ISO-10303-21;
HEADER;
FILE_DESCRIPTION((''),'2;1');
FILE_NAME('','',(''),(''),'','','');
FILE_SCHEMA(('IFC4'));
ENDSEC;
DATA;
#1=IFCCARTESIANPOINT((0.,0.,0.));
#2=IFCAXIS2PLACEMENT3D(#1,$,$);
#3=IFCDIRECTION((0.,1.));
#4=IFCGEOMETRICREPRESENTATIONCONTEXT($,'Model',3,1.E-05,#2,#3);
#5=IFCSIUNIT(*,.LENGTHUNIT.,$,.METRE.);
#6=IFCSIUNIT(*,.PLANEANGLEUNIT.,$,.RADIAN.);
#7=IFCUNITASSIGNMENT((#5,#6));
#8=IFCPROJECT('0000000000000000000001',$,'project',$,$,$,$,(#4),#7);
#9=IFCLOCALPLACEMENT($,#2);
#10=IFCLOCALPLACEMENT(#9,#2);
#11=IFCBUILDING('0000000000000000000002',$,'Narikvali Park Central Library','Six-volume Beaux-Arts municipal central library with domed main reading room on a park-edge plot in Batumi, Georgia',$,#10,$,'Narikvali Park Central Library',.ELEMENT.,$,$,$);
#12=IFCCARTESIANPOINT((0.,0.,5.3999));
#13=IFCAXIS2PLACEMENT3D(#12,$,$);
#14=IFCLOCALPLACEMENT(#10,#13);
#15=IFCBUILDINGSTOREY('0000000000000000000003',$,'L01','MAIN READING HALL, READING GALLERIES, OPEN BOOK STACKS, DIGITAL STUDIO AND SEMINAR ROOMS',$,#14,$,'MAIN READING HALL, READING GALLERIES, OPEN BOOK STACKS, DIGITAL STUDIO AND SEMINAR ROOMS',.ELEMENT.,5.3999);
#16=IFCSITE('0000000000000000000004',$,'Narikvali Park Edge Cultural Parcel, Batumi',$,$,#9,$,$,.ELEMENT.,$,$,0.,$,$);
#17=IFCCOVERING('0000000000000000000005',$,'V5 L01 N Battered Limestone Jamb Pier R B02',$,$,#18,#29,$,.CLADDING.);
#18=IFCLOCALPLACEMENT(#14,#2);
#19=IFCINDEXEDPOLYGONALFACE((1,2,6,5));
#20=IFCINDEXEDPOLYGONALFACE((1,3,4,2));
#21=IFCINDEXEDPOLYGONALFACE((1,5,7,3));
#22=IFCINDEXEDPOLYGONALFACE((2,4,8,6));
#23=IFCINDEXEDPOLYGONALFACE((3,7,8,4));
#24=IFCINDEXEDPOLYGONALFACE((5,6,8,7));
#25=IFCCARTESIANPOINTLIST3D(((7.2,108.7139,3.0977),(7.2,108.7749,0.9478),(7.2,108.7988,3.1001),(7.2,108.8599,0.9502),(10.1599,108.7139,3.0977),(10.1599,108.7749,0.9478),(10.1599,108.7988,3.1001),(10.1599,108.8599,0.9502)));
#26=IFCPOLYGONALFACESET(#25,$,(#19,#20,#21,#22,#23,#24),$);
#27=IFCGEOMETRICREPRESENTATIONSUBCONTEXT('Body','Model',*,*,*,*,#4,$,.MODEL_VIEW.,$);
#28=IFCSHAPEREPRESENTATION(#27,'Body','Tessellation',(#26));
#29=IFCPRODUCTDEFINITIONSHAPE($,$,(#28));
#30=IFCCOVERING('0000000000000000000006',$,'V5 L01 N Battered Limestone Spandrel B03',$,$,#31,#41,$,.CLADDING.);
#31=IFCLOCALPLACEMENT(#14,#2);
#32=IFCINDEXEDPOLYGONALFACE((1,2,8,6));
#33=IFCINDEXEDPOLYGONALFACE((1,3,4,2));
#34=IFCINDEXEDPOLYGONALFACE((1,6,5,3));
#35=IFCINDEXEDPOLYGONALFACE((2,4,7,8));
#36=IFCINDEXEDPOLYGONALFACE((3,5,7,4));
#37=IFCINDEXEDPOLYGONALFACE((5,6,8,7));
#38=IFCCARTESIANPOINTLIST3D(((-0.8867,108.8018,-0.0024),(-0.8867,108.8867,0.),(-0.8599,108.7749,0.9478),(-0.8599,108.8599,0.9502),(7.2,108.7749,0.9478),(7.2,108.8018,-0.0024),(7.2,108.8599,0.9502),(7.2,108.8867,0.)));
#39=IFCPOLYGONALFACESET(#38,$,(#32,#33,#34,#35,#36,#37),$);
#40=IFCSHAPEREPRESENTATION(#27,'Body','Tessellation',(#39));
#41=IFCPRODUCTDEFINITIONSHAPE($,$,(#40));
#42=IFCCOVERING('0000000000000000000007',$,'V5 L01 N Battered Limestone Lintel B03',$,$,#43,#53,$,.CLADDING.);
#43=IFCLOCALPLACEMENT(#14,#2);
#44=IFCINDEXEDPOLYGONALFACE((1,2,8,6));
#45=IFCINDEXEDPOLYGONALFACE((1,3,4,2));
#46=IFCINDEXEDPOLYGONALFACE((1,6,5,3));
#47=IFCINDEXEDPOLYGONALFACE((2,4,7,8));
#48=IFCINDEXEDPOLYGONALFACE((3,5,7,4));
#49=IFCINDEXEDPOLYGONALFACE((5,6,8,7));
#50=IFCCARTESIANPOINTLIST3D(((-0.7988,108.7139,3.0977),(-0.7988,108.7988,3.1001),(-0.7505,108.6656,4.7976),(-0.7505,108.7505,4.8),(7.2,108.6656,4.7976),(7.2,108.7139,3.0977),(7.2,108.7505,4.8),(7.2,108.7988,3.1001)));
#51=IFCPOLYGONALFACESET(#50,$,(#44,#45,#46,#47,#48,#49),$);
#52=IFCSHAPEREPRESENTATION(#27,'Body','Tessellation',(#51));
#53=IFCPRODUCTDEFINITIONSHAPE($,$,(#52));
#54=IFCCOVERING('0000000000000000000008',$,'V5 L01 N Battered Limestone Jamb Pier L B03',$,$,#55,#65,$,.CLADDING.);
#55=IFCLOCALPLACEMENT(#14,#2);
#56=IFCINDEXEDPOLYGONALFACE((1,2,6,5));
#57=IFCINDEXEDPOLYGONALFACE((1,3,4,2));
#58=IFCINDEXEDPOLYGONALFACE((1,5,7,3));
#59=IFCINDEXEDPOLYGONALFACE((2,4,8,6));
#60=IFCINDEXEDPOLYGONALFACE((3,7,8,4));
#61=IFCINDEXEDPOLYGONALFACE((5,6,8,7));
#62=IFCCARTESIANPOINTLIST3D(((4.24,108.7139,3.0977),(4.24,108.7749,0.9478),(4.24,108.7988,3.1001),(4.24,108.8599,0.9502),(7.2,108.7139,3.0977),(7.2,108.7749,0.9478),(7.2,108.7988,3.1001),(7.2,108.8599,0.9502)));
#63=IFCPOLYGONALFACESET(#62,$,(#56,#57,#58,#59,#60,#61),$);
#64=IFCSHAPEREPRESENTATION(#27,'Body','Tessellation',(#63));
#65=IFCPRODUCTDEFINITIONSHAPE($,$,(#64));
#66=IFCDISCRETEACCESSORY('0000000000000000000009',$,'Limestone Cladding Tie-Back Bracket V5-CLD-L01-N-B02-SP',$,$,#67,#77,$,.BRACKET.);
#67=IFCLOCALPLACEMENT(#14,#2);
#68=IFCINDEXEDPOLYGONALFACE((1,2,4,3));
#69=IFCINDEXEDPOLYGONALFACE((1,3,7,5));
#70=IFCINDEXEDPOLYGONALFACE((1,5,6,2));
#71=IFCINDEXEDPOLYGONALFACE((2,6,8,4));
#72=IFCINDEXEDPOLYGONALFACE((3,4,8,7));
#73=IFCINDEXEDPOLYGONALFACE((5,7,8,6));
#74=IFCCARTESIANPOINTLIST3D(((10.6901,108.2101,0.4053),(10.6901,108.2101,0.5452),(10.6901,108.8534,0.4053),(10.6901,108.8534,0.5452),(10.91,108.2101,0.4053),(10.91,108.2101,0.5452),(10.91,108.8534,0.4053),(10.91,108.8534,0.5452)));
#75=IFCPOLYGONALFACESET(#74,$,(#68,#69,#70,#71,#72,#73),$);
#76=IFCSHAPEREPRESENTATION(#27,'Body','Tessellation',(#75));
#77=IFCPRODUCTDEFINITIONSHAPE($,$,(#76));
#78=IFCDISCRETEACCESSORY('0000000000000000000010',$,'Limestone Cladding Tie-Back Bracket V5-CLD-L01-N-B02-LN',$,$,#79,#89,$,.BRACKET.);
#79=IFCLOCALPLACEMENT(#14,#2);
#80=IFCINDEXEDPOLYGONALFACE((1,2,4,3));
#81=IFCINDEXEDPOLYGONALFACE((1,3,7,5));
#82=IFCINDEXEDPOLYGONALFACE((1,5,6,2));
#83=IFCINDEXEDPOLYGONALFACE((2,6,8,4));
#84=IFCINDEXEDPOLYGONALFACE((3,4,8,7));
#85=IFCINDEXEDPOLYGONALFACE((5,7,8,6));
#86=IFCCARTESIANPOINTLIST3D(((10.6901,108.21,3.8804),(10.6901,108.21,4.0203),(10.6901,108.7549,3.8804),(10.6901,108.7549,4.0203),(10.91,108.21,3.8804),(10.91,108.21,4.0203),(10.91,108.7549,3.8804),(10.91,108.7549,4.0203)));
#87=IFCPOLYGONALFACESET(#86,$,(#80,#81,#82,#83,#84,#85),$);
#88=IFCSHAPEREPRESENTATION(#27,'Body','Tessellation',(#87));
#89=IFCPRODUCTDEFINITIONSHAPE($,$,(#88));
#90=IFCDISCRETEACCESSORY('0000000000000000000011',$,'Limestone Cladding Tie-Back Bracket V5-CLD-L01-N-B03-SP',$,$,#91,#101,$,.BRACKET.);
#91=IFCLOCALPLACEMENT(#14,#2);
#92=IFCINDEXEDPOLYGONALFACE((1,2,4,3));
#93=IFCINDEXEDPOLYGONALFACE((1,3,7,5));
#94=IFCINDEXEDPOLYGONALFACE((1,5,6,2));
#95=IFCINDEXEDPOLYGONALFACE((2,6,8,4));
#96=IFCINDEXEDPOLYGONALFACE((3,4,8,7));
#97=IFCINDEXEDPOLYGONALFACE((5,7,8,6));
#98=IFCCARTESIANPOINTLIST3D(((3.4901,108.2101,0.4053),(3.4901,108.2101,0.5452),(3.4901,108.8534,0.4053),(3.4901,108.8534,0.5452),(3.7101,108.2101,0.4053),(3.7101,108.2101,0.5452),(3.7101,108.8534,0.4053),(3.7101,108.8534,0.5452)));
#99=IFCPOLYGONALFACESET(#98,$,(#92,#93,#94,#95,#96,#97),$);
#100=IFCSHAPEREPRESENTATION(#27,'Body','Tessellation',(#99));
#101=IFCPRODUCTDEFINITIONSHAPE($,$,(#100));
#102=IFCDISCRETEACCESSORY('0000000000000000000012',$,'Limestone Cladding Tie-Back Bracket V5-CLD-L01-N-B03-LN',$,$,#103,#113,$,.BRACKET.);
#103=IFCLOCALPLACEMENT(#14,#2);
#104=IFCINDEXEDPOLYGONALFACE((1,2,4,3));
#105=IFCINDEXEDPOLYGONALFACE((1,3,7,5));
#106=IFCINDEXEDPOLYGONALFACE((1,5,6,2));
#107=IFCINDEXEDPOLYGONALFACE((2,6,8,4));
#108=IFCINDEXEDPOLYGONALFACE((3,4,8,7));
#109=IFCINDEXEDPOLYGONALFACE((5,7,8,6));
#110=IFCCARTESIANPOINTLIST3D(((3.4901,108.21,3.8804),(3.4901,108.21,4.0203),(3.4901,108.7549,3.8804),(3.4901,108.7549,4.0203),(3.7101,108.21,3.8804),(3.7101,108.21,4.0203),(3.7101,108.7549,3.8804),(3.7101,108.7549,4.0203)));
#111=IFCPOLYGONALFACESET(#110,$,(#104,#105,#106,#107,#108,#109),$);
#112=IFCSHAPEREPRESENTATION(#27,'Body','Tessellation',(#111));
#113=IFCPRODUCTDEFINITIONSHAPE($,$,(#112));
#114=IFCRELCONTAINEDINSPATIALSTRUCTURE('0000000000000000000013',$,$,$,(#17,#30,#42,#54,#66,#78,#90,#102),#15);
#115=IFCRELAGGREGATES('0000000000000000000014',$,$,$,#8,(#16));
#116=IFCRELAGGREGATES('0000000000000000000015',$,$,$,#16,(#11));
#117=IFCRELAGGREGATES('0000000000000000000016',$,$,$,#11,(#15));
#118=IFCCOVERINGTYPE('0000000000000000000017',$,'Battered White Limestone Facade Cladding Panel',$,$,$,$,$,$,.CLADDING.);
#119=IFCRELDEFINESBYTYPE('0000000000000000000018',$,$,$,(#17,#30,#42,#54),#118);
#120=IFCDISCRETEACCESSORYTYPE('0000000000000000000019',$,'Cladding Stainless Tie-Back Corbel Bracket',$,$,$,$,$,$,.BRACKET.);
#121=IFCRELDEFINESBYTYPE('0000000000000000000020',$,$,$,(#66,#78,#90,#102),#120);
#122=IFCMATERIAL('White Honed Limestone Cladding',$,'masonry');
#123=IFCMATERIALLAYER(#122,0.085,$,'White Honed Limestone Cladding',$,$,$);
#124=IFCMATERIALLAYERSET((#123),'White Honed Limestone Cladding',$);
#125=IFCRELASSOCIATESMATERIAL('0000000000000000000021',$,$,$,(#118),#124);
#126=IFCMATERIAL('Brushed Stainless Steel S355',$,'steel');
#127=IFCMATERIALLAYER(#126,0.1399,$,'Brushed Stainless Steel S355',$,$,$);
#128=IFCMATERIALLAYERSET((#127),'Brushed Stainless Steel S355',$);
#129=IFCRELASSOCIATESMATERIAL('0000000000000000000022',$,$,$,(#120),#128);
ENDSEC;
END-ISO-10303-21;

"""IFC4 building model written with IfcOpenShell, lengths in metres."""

from ifc_helpers import new_model, si_unit, direction, frame, origin, origin_2d, place, context, subcontext, project, spatial, polyline, rectangle, outline, extrude, material, layer, layer_set, type_object, element, save


model = new_model("IFC4")

# Units and contexts
model_context = context("Model", 3, precision=1e-05, world=origin(), true_north=direction((0.0, 1.0)))
body_context = subcontext(model_context, "Body", "Model", "MODEL_VIEW")
ifc_project = project(units=[si_unit("LENGTHUNIT", "METRE"), si_unit("PLANEANGLEUNIT", "RADIAN")], contexts=[model_context])

# Site, building, storey
site_placement = place(None, origin())
site = spatial("IfcSite", under=ifc_project, at=site_placement, Name="Narikvali Park Edge Cultural Parcel, Batumi", CompositionType="ELEMENT", RefElevation=0.0)
building_placement = place(site_placement, origin())
building = spatial("IfcBuilding", under=site, at=building_placement, Name="Narikvali Park Central Library", Description="Six-volume Beaux-Arts municipal central library with domed main reading room on a park-edge plot in Batumi, Georgia", LongName="Narikvali Park Central Library", CompositionType="ELEMENT")
storey_placement = place(building_placement, frame((0.0, 0.0, 5.3999)))
storey = spatial("IfcBuildingStorey", under=building, at=storey_placement, Name="L01", Description="MAIN READING HALL, READING GALLERIES, OPEN BOOK STACKS, DIGITAL STUDIO AND SEMINAR ROOMS", LongName="MAIN READING HALL, READING GALLERIES, OPEN BOOK STACKS, DIGITAL STUDIO AND SEMINAR ROOMS", CompositionType="ELEMENT", Elevation=5.3999)

# Coverings
ifc_material_1 = material(Name="White Honed Limestone Cladding", Category="masonry")
ifc_layer_1 = layer(ifc_material_1, 0.085, Name="White Honed Limestone Cladding")
ifc_layer_set_1 = layer_set([ifc_layer_1], Name="White Honed Limestone Cladding")
covering_type = type_object("IfcCoveringType", Name="Battered White Limestone Facade Cladding Panel", PredefinedType="CLADDING", material=ifc_layer_set_1)
covering_1_placement = place(storey_placement, frame((10.1599, 108.8599, 0.9502), z_axis=(0.0, 0.999597, 0.028378), x_axis=(-1.0, 0.0, 0.0)))
element("IfcCovering", 1, at=covering_1_placement, inside=storey, type_object=covering_type, Name="V5 L01 N Battered Limestone Jamb Pier R B02", PredefinedType="CLADDING", context=body_context, shape_type="SweptSolid", body=[
    extrude(outline(polyline([(0.0, 0.0), (2.96, 0.0), (2.96, 2.1508), (0.0, 2.1508), (0.0, 0.0)])), origin(), (0.0, 0.0, -1.0), 0.085),
])
covering_2_placement = place(storey_placement, frame((7.2, 108.8867, 0.0), z_axis=(0.0, 0.999601, 0.028252), x_axis=(-1.0, 0.0, 0.0)))
element("IfcCovering", 2, at=covering_2_placement, inside=storey, type_object=covering_type, Name="V5 L01 N Battered Limestone Spandrel B03", PredefinedType="CLADDING", context=body_context, shape_type="SweptSolid", body=[
    extrude(outline(polyline([(0.0, 0.0), (8.0867, 0.0), (8.0598, 0.9506), (0.0, 0.9506), (0.0, 0.0)])), origin(), (0.0, 0.0, -1.0), 0.085),
])
covering_3_placement = place(storey_placement, frame((7.2, 108.7988, 3.1001), z_axis=(0.0, 0.999596, 0.028425), x_axis=(-1.0, 0.0, 0.0)))
element("IfcCovering", 3, at=covering_3_placement, inside=storey, type_object=covering_type, Name="V5 L01 N Battered Limestone Lintel B03", PredefinedType="CLADDING", context=body_context, shape_type="SweptSolid", body=[
    extrude(outline(polyline([(0.0, 0.0), (7.9988, 0.0), (7.9504, 1.7006), (0.0, 1.7006), (0.0, 0.0)])), origin(), (0.0, 0.0, -1.0), 0.085),
])
covering_4_placement = place(storey_placement, frame((7.2, 108.8599, 0.9502), z_axis=(0.0, 0.999597, 0.028378), x_axis=(-1.0, 0.0, 0.0)))
element("IfcCovering", 4, at=covering_4_placement, inside=storey, type_object=covering_type, Name="V5 L01 N Battered Limestone Jamb Pier L B03", PredefinedType="CLADDING", context=body_context, shape_type="SweptSolid", body=[
    extrude(outline(polyline([(0.0, 0.0), (2.96, 0.0), (2.96, 2.1508), (0.0, 2.1508), (0.0, 0.0)])), origin(), (0.0, 0.0, -1.0), 0.085),
])

# Discrete accessories
ifc_material_2 = material(Name="Brushed Stainless Steel S355", Category="steel")
ifc_layer_2 = layer(ifc_material_2, 0.1399, Name="Brushed Stainless Steel S355")
ifc_layer_set_2 = layer_set([ifc_layer_2], Name="Brushed Stainless Steel S355")
discrete_accessory_type = type_object("IfcDiscreteAccessoryType", Name="Cladding Stainless Tie-Back Corbel Bracket", PredefinedType="BRACKET", material=ifc_layer_set_2)
discrete_accessory_1_placement = place(storey_placement, frame((10.8, 108.5317, 0.4053), z_axis=(0.0, 0.0, 1.0), x_axis=(1.0, 0.0, 0.0)))
element("IfcDiscreteAccessory", 5, at=discrete_accessory_1_placement, inside=storey, type_object=discrete_accessory_type, Name="Limestone Cladding Tie-Back Bracket V5-CLD-L01-N-B02-SP", PredefinedType="BRACKET", context=body_context, shape_type="SweptSolid", body=[
    extrude(rectangle(XDim=0.22, YDim=0.6433, at=origin_2d()), origin(), (0.0, 0.0, 1.0), 0.1399),
])
discrete_accessory_2_placement = place(storey_placement, frame((10.8, 108.4824, 3.8804), z_axis=(0.0, 0.0, 1.0), x_axis=(1.0, 0.0, 0.0)))
element("IfcDiscreteAccessory", 6, at=discrete_accessory_2_placement, inside=storey, type_object=discrete_accessory_type, Name="Limestone Cladding Tie-Back Bracket V5-CLD-L01-N-B02-LN", PredefinedType="BRACKET", context=body_context, shape_type="SweptSolid", body=[
    extrude(rectangle(XDim=0.22, YDim=0.5449, at=origin_2d()), origin(), (0.0, 0.0, 1.0), 0.1399),
])
discrete_accessory_3_placement = place(storey_placement, frame((3.6001, 108.5317, 0.4053), z_axis=(0.0, 0.0, 1.0), x_axis=(1.0, 0.0, 0.0)))
element("IfcDiscreteAccessory", 7, at=discrete_accessory_3_placement, inside=storey, type_object=discrete_accessory_type, Name="Limestone Cladding Tie-Back Bracket V5-CLD-L01-N-B03-SP", PredefinedType="BRACKET", context=body_context, shape_type="SweptSolid", body=[
    extrude(rectangle(XDim=0.22, YDim=0.6433, at=origin_2d()), origin(), (0.0, 0.0, 1.0), 0.1399),
])
discrete_accessory_4_placement = place(storey_placement, frame((3.6001, 108.4824, 3.8804), z_axis=(0.0, 0.0, 1.0), x_axis=(1.0, 0.0, 0.0)))
element("IfcDiscreteAccessory", 8, at=discrete_accessory_4_placement, inside=storey, type_object=discrete_accessory_type, Name="Limestone Cladding Tie-Back Bracket V5-CLD-L01-N-B03-LN", PredefinedType="BRACKET", context=body_context, shape_type="SweptSolid", body=[
    extrude(rectangle(XDim=0.22, YDim=0.5449, at=origin_2d()), origin(), (0.0, 0.0, 1.0), 0.1399),
])

save(model, "model.ifc")
